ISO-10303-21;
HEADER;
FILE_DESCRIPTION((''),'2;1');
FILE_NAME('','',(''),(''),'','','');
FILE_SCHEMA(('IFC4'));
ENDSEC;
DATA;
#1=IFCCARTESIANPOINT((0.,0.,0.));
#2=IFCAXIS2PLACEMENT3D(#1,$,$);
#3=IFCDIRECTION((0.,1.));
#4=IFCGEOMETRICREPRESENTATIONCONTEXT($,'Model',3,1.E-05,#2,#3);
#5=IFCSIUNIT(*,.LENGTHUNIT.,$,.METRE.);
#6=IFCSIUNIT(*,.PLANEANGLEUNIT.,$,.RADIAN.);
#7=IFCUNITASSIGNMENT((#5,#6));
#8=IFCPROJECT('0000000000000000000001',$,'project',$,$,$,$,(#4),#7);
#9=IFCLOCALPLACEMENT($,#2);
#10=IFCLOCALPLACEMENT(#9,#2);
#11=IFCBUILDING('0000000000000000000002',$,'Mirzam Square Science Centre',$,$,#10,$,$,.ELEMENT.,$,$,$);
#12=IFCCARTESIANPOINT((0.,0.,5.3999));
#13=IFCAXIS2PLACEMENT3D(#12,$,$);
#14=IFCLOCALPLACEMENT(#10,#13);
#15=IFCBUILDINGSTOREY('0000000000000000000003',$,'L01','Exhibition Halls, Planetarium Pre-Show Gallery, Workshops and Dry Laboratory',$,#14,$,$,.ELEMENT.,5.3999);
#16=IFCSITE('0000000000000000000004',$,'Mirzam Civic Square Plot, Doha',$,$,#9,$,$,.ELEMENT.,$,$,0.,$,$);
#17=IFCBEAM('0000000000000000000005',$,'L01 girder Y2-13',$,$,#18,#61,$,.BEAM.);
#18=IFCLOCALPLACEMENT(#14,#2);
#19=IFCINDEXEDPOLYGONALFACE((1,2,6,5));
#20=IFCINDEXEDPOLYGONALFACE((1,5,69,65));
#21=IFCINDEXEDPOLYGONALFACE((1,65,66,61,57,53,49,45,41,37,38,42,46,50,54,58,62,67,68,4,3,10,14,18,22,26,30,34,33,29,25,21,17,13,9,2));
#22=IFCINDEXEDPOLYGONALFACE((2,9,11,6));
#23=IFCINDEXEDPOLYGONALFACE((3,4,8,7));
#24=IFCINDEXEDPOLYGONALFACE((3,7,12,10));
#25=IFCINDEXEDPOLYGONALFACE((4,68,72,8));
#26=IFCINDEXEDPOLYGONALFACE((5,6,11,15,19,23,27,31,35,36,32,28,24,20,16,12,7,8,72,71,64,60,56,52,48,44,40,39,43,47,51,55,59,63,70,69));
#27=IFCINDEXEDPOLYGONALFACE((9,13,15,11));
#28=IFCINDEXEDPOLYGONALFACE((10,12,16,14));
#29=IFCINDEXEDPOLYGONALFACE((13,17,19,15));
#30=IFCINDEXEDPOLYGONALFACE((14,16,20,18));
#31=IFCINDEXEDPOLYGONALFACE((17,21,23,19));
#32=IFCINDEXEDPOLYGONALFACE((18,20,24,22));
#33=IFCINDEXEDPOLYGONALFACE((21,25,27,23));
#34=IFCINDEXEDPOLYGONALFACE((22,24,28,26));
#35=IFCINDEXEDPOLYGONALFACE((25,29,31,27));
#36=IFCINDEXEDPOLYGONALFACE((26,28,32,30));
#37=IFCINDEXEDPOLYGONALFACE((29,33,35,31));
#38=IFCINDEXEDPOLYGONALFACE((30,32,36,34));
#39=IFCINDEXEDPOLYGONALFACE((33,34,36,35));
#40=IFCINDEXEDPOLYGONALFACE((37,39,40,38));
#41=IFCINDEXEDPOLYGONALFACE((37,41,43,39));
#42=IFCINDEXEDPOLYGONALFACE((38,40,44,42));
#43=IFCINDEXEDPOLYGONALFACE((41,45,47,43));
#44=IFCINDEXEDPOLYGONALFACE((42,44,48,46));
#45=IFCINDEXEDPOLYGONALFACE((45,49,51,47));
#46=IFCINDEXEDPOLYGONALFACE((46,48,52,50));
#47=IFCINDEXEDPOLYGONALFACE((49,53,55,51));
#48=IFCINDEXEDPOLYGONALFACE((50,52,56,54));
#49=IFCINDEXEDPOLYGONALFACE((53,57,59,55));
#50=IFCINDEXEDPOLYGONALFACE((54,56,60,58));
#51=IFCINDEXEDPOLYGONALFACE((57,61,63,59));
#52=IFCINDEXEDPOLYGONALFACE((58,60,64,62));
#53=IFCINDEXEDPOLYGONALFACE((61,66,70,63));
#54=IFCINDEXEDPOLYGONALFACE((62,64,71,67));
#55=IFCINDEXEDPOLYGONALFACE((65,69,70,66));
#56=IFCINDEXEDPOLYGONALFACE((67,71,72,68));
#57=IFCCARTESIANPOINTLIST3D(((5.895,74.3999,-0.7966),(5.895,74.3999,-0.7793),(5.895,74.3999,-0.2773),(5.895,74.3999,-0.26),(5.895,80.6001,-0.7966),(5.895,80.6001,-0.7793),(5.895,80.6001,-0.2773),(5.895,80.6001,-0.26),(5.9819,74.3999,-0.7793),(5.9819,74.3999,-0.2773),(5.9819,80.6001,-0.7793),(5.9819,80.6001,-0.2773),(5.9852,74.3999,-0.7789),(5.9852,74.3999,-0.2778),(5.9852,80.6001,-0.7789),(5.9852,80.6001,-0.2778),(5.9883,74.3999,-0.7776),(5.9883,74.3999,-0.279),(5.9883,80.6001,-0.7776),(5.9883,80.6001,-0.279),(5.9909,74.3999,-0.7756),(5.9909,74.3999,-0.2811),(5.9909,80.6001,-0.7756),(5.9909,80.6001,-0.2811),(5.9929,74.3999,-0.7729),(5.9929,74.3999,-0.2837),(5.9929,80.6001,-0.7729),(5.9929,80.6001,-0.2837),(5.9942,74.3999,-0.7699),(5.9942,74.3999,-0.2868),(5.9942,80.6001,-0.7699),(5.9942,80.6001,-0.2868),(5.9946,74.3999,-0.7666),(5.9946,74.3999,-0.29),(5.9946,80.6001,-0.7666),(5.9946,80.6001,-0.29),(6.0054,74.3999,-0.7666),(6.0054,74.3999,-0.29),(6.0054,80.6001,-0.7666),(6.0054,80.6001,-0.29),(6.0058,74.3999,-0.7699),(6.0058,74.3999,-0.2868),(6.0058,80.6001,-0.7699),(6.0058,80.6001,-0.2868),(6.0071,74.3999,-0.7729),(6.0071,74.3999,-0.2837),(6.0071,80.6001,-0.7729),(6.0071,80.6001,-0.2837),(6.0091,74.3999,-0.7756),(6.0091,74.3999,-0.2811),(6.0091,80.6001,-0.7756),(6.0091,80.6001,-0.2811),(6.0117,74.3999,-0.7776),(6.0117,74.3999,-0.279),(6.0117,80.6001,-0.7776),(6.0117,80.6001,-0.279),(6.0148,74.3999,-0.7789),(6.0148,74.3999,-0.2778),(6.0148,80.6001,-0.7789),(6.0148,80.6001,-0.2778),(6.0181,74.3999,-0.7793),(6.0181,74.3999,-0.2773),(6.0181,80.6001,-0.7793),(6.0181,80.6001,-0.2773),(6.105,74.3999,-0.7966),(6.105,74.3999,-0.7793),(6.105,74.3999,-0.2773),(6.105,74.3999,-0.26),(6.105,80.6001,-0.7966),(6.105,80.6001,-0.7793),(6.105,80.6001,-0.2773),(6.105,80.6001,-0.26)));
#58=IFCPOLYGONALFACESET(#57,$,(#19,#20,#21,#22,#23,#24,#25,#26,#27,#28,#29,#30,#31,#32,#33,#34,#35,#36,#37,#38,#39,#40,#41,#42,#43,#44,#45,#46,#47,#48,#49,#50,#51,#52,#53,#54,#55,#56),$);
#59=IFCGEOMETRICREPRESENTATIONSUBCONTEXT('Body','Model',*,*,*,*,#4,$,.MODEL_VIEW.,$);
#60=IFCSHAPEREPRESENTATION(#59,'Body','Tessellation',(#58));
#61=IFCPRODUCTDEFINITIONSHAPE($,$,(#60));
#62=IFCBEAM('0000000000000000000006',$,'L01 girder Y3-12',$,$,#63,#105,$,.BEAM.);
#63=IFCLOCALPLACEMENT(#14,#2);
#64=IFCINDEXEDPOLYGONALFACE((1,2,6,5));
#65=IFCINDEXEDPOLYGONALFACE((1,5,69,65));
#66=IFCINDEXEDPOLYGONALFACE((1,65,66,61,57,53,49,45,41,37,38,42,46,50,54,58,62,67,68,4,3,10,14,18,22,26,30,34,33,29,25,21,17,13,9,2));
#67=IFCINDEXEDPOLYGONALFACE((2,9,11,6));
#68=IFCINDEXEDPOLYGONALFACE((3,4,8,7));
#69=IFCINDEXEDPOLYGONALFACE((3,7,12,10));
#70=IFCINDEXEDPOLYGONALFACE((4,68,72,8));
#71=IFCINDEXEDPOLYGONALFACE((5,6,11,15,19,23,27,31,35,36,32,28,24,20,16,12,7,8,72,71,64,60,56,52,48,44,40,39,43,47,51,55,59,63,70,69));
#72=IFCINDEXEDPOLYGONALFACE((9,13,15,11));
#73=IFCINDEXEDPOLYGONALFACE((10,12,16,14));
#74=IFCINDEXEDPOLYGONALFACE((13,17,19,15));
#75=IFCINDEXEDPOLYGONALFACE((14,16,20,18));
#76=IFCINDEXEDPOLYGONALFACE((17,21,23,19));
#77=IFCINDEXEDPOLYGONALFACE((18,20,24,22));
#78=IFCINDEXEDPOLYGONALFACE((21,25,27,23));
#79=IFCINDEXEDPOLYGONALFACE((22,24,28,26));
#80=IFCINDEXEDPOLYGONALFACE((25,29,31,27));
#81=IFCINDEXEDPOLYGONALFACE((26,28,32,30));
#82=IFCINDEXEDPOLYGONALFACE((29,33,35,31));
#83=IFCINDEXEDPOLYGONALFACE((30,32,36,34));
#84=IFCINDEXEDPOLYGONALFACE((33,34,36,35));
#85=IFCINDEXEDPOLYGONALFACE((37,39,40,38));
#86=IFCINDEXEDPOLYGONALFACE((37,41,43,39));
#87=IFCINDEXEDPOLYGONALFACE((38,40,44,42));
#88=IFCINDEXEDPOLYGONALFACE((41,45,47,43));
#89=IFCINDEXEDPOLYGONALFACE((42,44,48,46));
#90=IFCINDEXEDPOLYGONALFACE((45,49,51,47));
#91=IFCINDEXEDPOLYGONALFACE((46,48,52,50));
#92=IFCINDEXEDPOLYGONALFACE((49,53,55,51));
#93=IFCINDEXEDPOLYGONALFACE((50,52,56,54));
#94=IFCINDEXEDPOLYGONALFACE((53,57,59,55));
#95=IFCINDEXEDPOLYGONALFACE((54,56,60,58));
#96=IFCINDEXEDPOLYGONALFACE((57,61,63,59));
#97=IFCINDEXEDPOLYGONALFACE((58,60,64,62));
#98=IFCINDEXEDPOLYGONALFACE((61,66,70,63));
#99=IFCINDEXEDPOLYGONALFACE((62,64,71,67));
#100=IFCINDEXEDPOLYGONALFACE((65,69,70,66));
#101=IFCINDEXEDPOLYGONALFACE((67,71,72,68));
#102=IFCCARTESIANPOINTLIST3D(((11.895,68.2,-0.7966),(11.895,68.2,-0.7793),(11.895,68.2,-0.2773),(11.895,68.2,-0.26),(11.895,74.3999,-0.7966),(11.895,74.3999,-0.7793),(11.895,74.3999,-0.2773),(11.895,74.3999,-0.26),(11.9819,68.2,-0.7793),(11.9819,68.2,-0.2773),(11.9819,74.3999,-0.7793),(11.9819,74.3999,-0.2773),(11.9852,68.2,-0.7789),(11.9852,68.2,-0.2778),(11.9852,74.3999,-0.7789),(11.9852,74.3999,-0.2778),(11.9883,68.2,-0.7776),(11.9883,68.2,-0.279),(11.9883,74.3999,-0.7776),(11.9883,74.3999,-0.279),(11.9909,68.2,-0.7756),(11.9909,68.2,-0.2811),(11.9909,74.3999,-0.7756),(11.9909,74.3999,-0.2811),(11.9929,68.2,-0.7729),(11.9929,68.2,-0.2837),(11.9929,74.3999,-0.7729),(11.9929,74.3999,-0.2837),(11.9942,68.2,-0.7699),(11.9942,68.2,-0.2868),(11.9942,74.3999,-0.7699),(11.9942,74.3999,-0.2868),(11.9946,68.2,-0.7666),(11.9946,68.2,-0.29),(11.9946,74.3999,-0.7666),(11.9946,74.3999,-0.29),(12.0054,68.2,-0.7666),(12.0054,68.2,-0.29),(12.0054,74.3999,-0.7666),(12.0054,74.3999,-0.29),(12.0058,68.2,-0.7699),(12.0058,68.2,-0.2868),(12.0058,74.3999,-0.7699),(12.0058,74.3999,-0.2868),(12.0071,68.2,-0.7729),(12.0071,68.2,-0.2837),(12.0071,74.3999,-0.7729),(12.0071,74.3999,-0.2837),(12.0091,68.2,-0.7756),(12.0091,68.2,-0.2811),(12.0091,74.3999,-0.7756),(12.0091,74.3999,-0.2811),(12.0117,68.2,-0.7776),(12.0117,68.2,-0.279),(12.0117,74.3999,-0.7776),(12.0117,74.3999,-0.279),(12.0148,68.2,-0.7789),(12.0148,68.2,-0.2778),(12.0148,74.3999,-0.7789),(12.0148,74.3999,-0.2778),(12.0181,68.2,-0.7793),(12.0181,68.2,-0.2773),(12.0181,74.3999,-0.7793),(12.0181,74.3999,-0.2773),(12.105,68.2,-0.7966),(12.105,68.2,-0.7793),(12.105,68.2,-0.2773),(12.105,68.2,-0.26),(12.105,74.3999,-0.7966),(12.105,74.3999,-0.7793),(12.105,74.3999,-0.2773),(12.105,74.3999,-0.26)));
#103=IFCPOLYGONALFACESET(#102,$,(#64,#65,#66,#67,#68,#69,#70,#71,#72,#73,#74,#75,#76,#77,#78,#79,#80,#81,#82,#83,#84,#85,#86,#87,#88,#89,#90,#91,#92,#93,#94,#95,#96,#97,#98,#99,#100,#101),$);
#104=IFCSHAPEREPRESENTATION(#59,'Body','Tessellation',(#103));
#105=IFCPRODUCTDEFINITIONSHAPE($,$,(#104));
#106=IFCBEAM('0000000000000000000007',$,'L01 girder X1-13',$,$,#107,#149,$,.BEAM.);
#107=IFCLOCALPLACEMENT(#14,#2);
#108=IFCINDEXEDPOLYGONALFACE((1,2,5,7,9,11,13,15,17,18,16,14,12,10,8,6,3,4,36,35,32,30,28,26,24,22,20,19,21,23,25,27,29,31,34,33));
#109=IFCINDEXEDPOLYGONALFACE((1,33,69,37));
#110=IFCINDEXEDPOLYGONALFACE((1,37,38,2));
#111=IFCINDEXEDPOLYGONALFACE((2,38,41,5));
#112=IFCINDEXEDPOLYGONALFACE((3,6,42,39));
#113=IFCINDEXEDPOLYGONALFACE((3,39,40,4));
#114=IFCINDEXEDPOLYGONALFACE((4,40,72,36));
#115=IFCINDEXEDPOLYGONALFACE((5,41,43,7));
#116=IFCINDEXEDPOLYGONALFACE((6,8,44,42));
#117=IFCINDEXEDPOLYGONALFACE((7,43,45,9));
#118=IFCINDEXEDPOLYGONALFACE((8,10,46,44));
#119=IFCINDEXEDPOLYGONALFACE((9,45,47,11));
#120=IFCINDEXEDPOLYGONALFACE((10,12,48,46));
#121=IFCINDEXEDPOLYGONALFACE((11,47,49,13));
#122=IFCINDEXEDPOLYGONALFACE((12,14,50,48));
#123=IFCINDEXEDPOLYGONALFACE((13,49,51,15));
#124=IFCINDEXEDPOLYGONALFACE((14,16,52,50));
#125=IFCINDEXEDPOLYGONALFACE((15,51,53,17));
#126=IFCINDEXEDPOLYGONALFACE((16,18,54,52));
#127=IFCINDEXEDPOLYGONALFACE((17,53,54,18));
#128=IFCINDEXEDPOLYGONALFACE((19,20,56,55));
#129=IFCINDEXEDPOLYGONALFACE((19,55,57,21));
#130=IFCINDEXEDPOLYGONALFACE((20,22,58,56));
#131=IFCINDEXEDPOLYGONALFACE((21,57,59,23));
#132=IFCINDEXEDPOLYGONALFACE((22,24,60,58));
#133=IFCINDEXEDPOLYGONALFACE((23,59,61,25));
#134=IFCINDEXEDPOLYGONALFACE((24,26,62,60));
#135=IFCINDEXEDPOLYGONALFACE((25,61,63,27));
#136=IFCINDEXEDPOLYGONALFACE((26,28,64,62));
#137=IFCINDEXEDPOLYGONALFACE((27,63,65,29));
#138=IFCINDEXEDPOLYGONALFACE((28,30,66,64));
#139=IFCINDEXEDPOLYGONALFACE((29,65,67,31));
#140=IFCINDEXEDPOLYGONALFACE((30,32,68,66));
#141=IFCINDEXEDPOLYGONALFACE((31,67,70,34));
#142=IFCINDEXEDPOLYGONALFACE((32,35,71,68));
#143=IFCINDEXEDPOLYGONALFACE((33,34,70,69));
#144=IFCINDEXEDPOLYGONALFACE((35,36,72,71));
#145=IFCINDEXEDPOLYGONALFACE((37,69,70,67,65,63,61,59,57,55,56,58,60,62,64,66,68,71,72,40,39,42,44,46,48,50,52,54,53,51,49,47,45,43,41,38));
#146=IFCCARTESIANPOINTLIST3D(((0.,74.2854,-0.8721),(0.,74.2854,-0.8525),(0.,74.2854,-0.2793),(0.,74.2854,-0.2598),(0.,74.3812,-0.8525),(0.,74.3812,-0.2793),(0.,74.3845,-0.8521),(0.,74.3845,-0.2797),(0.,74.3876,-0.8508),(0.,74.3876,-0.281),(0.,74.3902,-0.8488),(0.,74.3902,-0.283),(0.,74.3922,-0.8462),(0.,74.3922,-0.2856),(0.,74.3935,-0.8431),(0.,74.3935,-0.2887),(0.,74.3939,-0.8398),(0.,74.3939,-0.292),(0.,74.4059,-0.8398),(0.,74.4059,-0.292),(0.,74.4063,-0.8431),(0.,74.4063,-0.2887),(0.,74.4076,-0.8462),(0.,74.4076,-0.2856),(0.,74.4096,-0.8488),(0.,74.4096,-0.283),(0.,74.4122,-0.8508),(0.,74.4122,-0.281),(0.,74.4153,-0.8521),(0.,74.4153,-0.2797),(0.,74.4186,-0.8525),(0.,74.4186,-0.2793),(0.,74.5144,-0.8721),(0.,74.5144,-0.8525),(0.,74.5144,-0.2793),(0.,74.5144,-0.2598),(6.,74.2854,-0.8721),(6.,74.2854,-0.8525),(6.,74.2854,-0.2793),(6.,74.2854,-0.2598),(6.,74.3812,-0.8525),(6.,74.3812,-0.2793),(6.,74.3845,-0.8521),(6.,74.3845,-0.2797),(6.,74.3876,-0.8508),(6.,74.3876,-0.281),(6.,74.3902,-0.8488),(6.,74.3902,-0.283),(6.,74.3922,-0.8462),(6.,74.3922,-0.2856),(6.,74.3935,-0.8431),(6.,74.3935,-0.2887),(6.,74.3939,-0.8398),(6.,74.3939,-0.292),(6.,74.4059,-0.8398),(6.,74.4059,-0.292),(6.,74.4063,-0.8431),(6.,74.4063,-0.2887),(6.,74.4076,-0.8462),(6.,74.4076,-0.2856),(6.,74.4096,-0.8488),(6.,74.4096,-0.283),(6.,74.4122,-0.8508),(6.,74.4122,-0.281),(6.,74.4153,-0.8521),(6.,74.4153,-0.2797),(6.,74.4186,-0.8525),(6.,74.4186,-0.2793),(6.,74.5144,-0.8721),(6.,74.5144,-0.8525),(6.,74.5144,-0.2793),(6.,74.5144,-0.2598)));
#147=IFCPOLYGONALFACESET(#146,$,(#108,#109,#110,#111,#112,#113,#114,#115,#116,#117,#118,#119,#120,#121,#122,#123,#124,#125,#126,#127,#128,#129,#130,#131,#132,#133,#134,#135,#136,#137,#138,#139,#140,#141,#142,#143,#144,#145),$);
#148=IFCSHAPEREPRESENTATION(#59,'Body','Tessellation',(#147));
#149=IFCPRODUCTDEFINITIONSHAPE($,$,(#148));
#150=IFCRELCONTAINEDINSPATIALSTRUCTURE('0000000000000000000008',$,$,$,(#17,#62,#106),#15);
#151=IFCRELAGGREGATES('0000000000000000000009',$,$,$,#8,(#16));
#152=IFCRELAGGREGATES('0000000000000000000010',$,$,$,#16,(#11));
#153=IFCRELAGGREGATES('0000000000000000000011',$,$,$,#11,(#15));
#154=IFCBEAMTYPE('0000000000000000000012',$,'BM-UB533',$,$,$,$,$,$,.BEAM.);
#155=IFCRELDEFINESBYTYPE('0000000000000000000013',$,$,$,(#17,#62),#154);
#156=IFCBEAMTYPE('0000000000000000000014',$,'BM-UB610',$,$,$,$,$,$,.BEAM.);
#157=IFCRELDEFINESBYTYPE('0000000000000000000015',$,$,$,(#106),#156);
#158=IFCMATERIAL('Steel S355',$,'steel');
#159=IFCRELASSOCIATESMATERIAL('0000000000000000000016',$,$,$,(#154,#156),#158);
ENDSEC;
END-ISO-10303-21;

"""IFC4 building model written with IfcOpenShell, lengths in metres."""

from ifc_helpers import new_model, si_unit, direction, frame, origin, origin_2d, place, context, subcontext, project, spatial, i_section, extrude, material, material_profile, profile_set, type_object, element, save


model = new_model("IFC4")

# Units and contexts
model_context = context("Model", 3, precision=1e-05, world=origin(), true_north=direction((0.0, 1.0)))
body_context = subcontext(model_context, "Body", "Model", "MODEL_VIEW")
ifc_project = project(units=[si_unit("LENGTHUNIT", "METRE"), si_unit("PLANEANGLEUNIT", "RADIAN")], contexts=[model_context])

# Site, building, storey
site_placement = place(None, origin())
site = spatial("IfcSite", under=ifc_project, at=site_placement, Name="Mirzam Civic Square Plot, Doha", CompositionType="ELEMENT", RefElevation=0.0)
building_placement = place(site_placement, origin())
building = spatial("IfcBuilding", under=site, at=building_placement, Name="Mirzam Square Science Centre", CompositionType="ELEMENT")
storey_placement = place(building_placement, frame((0.0, 0.0, 5.3999)))
storey = spatial("IfcBuildingStorey", under=building, at=storey_placement, Name="L01", Description="Exhibition Halls, Planetarium Pre-Show Gallery, Workshops and Dry Laboratory", CompositionType="ELEMENT", Elevation=5.3999)

# Shared definitions
ifc_material_1 = material(Name="Steel S355", Category="steel")

# Beams
ifc_material_profile_1 = material_profile(ifc_material_1, i_section(OverallWidth=0.21, OverallDepth=0.5366, WebThickness=0.0107, FlangeThickness=0.0173, FilletRadius=0.0127, at=origin_2d()), Name="533x210x101UB")
ifc_profile_set_1 = profile_set([ifc_material_profile_1], Name="Steel S355")
beam_type_1 = type_object("IfcBeamType", Name="BM-UB533", PredefinedType="BEAM", material=ifc_profile_set_1)
beam_1_placement = place(storey_placement, frame((6.0, 74.3999, -0.5283), z_axis=(0.0, 1.0, 0.0), x_axis=(-1.0, 0.0, 0.0)))
element("IfcBeam", 1, at=beam_1_placement, inside=storey, type_object=beam_type_1, Name="L01 girder Y2-13", PredefinedType="BEAM", context=body_context, shape_type="SweptSolid", body=[
    extrude(i_section(OverallWidth=0.21, OverallDepth=0.5366, WebThickness=0.0107, FlangeThickness=0.0173, FilletRadius=0.0127, at=origin_2d()), origin(), (0.0, 0.0, 1.0), 6.2002),
])
beam_2_placement = place(storey_placement, frame((12.0, 68.2, -0.5283), z_axis=(0.0, 1.0, 0.0), x_axis=(-1.0, 0.0, 0.0)))
element("IfcBeam", 2, at=beam_2_placement, inside=storey, type_object=beam_type_1, Name="L01 girder Y3-12", PredefinedType="BEAM", context=body_context, shape_type="SweptSolid", body=[
    extrude(i_section(OverallWidth=0.21, OverallDepth=0.5366, WebThickness=0.0107, FlangeThickness=0.0173, FilletRadius=0.0127, at=origin_2d()), origin(), (0.0, 0.0, 1.0), 6.2),
])
ifc_material_profile_2 = material_profile(ifc_material_1, i_section(OverallWidth=0.229, OverallDepth=0.6123, WebThickness=0.012, FlangeThickness=0.0195, FilletRadius=0.0127, at=origin_2d()), Name="610x229x125UB")
ifc_profile_set_2 = profile_set([ifc_material_profile_2], Name="Steel S355")
beam_type_2 = type_object("IfcBeamType", Name="BM-UB610", PredefinedType="BEAM", material=ifc_profile_set_2)
beam_3_placement = place(storey_placement, frame((0.0, 74.3999, -0.5659), z_axis=(1.0, 0.0, 0.0), x_axis=(0.0, 1.0, 0.0)))
element("IfcBeam", 3, at=beam_3_placement, inside=storey, type_object=beam_type_2, Name="L01 girder X1-13", PredefinedType="BEAM", context=body_context, shape_type="SweptSolid", body=[
    extrude(i_section(OverallWidth=0.229, OverallDepth=0.6123, WebThickness=0.012, FlangeThickness=0.0195, FilletRadius=0.0127, at=origin_2d()), origin(), (0.0, 0.0, 1.0), 6.0),
])

save(model, "model.ifc")
